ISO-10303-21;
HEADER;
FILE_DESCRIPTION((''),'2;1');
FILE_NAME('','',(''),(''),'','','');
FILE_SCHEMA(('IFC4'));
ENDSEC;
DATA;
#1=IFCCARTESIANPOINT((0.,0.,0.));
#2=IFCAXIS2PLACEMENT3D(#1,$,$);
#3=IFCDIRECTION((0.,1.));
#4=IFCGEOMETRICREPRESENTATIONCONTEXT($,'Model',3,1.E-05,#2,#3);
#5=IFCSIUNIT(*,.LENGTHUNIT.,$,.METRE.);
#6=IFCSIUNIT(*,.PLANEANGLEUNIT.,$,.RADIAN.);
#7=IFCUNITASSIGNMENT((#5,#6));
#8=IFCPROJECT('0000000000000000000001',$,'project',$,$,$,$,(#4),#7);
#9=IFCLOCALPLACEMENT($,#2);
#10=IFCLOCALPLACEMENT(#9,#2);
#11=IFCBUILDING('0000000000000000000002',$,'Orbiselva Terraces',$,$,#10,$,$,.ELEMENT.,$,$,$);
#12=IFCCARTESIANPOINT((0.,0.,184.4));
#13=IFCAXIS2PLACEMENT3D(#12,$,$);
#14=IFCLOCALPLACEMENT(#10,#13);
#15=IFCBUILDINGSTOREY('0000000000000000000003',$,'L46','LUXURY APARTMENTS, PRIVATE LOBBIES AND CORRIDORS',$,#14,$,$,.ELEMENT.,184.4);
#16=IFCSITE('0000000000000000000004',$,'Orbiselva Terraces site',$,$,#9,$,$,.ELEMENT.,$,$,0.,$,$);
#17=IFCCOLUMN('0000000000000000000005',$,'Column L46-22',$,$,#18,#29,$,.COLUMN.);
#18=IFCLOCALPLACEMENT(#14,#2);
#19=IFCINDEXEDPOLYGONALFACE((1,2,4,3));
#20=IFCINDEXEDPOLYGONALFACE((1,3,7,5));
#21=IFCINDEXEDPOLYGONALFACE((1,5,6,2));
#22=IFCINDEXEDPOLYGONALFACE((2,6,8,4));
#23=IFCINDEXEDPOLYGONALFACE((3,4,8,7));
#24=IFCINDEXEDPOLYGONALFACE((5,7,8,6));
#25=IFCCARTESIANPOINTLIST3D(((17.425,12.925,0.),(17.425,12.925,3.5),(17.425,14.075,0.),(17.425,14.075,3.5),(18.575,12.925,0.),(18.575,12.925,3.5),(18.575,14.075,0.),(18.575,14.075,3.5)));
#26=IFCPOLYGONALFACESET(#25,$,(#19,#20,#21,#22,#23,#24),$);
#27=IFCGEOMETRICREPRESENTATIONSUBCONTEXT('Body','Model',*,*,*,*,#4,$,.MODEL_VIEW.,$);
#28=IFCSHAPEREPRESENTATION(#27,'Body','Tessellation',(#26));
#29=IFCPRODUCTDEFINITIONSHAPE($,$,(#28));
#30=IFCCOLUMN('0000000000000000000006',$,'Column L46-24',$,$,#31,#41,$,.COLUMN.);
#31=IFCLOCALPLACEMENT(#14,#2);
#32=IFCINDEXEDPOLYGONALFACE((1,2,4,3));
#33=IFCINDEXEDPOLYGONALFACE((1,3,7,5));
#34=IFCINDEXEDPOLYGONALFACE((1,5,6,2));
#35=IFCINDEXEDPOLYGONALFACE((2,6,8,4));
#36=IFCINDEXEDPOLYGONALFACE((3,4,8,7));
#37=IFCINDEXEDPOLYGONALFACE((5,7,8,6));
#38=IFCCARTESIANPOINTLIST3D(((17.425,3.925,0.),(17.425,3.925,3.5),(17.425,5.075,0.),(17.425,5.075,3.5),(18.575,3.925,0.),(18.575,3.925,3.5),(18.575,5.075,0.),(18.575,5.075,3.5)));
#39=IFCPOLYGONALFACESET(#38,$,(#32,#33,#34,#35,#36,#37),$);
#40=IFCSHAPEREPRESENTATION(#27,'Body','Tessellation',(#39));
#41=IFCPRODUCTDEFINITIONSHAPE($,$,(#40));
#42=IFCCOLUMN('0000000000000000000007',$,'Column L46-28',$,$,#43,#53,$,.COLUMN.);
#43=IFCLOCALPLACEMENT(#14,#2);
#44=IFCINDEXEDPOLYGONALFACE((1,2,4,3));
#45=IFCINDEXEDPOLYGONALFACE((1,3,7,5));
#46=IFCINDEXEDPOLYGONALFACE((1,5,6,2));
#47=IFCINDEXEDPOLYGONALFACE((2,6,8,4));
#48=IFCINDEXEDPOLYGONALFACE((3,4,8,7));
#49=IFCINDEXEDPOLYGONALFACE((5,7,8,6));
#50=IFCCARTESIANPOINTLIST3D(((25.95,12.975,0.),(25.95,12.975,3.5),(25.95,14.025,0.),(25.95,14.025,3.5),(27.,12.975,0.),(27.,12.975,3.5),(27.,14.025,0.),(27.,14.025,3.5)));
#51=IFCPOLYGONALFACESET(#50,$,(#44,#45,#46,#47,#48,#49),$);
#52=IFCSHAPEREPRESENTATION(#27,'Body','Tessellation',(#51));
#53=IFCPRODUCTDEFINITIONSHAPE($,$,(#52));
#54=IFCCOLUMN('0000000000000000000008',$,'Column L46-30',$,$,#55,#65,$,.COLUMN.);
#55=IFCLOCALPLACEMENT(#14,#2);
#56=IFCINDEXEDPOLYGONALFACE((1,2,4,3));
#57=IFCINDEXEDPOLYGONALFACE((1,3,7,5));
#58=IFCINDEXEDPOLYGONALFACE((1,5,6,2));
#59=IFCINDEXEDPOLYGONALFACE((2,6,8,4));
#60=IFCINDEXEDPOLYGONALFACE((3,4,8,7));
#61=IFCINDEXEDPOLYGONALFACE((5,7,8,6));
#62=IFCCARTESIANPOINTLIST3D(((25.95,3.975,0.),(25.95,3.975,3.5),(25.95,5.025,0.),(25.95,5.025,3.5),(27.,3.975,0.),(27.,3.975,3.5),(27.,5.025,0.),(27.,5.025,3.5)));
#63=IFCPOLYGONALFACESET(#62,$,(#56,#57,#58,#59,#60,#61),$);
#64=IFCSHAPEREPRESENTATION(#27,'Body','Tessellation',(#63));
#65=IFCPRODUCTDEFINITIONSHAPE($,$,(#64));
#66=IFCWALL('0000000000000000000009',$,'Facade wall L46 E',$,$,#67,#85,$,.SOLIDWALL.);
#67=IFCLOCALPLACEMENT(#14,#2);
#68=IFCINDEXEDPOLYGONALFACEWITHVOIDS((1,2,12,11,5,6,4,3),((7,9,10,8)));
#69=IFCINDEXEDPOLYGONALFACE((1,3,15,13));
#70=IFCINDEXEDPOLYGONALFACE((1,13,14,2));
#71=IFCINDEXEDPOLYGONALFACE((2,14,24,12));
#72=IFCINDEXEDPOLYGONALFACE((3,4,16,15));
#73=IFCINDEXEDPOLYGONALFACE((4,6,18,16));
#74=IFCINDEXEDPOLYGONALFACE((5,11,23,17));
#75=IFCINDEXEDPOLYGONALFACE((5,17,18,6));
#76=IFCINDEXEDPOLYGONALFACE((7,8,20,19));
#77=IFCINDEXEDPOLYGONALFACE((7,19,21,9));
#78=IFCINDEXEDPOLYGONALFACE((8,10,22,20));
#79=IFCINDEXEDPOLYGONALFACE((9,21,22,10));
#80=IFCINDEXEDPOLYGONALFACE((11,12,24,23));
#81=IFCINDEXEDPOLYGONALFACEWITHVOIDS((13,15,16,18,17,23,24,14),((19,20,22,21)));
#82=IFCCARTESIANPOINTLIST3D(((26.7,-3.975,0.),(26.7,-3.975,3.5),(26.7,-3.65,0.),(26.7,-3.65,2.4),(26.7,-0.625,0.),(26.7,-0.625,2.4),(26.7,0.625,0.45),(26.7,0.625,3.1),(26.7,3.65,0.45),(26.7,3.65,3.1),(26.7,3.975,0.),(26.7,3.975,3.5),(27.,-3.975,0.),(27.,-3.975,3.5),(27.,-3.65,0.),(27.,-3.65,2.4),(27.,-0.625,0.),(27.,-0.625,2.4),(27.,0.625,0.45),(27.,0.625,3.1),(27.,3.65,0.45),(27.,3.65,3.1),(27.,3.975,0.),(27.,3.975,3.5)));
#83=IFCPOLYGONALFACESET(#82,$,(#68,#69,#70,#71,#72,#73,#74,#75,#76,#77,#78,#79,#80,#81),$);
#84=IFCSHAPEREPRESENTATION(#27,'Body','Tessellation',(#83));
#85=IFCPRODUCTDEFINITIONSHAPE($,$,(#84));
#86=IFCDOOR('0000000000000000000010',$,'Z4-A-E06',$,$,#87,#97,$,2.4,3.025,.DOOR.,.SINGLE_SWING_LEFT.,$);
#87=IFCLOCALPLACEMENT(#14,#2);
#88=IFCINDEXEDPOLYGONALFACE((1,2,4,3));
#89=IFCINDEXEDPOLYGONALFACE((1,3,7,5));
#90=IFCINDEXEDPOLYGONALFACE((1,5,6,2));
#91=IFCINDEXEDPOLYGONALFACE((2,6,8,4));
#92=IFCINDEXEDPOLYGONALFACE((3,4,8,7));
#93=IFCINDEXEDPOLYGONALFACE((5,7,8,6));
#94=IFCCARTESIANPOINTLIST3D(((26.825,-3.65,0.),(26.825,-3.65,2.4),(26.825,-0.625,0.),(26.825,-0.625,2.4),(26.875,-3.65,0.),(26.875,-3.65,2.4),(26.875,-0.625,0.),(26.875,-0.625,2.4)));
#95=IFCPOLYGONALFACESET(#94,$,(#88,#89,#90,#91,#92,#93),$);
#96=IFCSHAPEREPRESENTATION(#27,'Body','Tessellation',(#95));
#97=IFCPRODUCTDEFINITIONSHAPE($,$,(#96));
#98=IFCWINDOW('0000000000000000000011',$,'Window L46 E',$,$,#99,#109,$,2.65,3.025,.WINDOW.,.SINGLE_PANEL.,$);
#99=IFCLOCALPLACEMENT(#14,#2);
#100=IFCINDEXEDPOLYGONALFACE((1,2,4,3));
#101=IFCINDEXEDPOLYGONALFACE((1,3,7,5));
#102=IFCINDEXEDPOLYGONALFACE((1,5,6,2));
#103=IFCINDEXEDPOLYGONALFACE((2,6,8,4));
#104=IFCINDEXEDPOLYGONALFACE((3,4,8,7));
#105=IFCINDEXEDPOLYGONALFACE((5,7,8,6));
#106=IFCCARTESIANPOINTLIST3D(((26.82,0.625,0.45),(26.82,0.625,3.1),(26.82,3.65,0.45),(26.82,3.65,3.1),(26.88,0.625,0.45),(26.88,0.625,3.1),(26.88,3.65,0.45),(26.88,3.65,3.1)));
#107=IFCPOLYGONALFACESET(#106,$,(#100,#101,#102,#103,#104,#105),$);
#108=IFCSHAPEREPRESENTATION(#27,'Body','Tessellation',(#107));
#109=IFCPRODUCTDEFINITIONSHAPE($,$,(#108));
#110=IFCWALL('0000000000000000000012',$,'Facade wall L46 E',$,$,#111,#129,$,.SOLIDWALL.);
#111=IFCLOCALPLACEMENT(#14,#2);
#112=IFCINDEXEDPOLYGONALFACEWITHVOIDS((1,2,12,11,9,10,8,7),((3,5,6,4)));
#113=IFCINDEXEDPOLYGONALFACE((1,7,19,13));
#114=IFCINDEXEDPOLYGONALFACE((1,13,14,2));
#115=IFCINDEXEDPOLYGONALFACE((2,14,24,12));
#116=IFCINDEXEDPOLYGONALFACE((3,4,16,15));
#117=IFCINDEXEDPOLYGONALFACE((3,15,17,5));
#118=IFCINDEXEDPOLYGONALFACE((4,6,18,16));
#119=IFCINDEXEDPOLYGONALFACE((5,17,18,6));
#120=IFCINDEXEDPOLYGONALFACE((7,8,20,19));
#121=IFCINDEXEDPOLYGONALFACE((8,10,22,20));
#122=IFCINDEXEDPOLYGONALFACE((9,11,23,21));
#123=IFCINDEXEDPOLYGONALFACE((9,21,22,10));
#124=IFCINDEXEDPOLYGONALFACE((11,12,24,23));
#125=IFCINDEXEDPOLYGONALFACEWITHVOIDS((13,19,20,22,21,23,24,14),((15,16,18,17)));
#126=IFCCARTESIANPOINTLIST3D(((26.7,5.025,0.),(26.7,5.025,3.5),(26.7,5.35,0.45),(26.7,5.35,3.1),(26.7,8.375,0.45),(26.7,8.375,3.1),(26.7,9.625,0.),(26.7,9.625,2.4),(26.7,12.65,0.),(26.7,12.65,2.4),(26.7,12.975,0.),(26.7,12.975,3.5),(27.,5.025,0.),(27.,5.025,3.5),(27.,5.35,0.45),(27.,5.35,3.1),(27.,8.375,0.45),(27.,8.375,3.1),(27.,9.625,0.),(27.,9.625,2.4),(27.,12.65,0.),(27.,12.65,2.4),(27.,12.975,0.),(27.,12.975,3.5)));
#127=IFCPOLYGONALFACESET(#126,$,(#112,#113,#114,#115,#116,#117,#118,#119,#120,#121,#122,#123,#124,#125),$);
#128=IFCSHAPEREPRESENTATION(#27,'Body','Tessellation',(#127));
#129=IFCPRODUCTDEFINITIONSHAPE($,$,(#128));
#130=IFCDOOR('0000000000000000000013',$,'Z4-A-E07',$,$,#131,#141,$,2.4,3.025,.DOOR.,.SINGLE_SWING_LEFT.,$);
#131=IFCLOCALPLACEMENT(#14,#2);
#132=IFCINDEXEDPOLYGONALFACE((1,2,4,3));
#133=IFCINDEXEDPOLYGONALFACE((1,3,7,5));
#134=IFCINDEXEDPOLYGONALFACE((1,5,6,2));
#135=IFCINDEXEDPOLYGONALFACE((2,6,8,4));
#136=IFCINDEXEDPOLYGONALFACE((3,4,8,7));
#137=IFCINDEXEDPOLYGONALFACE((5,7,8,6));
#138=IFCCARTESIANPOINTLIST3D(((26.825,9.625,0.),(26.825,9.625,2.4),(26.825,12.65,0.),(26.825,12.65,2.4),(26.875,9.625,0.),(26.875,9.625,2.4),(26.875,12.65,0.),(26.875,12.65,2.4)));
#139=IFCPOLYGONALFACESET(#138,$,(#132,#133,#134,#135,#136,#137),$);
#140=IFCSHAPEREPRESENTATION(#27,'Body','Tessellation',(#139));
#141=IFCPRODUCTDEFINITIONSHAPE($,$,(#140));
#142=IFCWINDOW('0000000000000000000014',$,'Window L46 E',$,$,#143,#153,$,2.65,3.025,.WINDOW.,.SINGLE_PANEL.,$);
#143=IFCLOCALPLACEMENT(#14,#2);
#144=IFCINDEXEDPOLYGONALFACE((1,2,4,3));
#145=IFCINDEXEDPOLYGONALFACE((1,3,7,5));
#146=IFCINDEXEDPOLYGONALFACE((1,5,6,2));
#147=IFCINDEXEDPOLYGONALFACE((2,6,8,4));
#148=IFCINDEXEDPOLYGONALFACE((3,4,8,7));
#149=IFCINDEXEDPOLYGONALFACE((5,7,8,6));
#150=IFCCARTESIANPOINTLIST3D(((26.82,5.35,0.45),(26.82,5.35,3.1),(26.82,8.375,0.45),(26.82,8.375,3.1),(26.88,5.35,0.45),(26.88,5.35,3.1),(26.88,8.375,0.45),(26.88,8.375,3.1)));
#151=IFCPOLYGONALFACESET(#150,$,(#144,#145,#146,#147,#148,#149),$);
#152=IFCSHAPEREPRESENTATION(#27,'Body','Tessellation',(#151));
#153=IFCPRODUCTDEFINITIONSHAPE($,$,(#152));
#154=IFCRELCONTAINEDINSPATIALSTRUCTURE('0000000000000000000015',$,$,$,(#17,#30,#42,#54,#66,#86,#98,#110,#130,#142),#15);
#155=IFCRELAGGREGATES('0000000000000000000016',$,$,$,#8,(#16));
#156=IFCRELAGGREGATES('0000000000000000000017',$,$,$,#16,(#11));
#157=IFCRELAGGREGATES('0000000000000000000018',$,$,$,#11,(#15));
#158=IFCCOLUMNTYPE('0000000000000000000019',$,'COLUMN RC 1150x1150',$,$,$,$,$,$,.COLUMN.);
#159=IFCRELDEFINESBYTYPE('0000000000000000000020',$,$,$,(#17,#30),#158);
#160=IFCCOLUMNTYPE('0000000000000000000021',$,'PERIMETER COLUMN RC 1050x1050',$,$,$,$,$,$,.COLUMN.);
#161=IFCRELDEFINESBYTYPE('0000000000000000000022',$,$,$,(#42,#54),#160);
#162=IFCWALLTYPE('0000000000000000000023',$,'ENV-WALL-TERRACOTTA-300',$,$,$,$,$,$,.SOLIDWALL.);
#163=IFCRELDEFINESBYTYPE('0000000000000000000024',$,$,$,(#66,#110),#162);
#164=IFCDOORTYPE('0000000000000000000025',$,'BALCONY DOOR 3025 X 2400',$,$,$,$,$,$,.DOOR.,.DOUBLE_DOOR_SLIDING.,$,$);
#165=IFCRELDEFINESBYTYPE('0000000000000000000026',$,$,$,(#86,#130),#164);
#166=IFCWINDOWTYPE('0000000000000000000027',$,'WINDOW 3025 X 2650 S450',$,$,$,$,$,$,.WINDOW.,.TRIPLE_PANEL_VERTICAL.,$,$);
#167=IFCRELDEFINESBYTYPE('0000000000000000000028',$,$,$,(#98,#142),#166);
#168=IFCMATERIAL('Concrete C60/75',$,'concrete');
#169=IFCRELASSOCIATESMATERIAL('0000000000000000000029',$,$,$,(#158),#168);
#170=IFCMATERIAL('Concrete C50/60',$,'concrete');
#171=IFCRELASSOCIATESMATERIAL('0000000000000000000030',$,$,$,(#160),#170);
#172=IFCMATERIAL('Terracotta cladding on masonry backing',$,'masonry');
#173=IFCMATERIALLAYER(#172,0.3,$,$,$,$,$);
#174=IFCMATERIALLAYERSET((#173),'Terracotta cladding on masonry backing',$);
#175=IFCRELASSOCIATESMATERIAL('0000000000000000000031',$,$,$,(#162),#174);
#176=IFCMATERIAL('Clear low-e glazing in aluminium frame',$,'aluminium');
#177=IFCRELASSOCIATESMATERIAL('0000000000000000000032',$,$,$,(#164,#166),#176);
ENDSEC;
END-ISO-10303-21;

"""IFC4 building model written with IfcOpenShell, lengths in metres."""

from ifc_helpers import new_model, si_unit, direction, frame, frame_2d, origin, origin_2d, place, context, subcontext, project, spatial, rectangle, extrude, material, layer, layer_set, material_profile, profile_set, type_object, element, fill, save


model = new_model("IFC4")

# Units and contexts
model_context = context("Model", 3, precision=1e-05, world=origin(), true_north=direction((0.0, 1.0)))
body_context = subcontext(model_context, "Body", "Model", "MODEL_VIEW")
ifc_project = project(units=[si_unit("LENGTHUNIT", "METRE"), si_unit("PLANEANGLEUNIT", "RADIAN")], contexts=[model_context])

# Site, building, storey
site_placement = place(None, origin())
site = spatial("IfcSite", under=ifc_project, at=site_placement, Name="Orbiselva Terraces site", CompositionType="ELEMENT", RefElevation=0.0)
building_placement = place(site_placement, origin())
building = spatial("IfcBuilding", under=site, at=building_placement, Name="Orbiselva Terraces", CompositionType="ELEMENT")
storey_placement = place(building_placement, frame((0.0, 0.0, 184.4)))
storey = spatial("IfcBuildingStorey", under=building, at=storey_placement, Name="L46", Description="LUXURY APARTMENTS, PRIVATE LOBBIES AND CORRIDORS", CompositionType="ELEMENT", Elevation=184.4)

# Columns
ifc_material_1 = material(Name="Concrete C60/75", Category="concrete")
ifc_material_profile_1 = material_profile(ifc_material_1, rectangle(XDim=1.15, YDim=1.15, at=origin_2d()), Name="RC 1150x1150")
ifc_profile_set_1 = profile_set([ifc_material_profile_1], Name="Concrete C60/75")
column_type_1 = type_object("IfcColumnType", Name="COLUMN RC 1150x1150", PredefinedType="COLUMN", material=ifc_profile_set_1)
for number, where, z_axis, x_axis, name in (
    (1, (18.0, 13.5, 0.0), (0.0, 0.0, 1.0), (1.0, 0.0, 0.0), "Column L46-22"),
    (2, (18.0, 4.5, 0.0), (0.0, 0.0, 1.0), (1.0, 0.0, 0.0), "Column L46-24"),
):
    element("IfcColumn", number, at=place(storey_placement, frame(where, z_axis=z_axis, x_axis=x_axis)), inside=storey, type_object=column_type_1, Name=name, PredefinedType="COLUMN", context=body_context, shape_type="SweptSolid", body=[
        extrude(rectangle(XDim=1.15, YDim=1.15, at=origin_2d()), origin(), (0.0, 0.0, 1.0), 3.5),
    ])
ifc_material_2 = material(Name="Concrete C50/60", Category="concrete")
ifc_material_profile_2 = material_profile(ifc_material_2, rectangle(XDim=1.05, YDim=1.05, at=origin_2d()), Name="RC 1050x1050")
ifc_profile_set_2 = profile_set([ifc_material_profile_2], Name="Concrete C50/60")
column_type_2 = type_object("IfcColumnType", Name="PERIMETER COLUMN RC 1050x1050", PredefinedType="COLUMN", material=ifc_profile_set_2)
for number, where, z_axis, x_axis, name in (
    (3, (26.475, 13.5, 0.0), (0.0, 0.0, 1.0), (1.0, 0.0, 0.0), "Column L46-28"),
    (4, (26.475, 4.5, 0.0), (0.0, 0.0, 1.0), (1.0, 0.0, 0.0), "Column L46-30"),
):
    element("IfcColumn", number, at=place(storey_placement, frame(where, z_axis=z_axis, x_axis=x_axis)), inside=storey, type_object=column_type_2, Name=name, PredefinedType="COLUMN", context=body_context, shape_type="SweptSolid", body=[
        extrude(rectangle(XDim=1.05, YDim=1.05, at=origin_2d()), origin(), (0.0, 0.0, 1.0), 3.5),
    ])

# Walls, openings, doors, windows
ifc_material_3 = material(Name="Terracotta cladding on masonry backing", Category="masonry")
ifc_layer_1 = layer(ifc_material_3, 0.3)
ifc_layer_set_1 = layer_set([ifc_layer_1], Name="Terracotta cladding on masonry backing")
wall_type_1 = type_object("IfcWallType", Name="ENV-WALL-TERRACOTTA-300", PredefinedType="SOLIDWALL", material=ifc_layer_set_1)
wall_1_placement = place(storey_placement, frame((26.85, 3.975, 0.0), z_axis=(0.0, 0.0, 1.0), x_axis=(0.0, -1.0, 0.0)))
wall_1 = element("IfcWall", 5, at=wall_1_placement, inside=storey, type_object=wall_type_1, Name="Facade wall L46 E", PredefinedType="SOLIDWALL", context=body_context, shape_type="SweptSolid", body=[
    extrude(rectangle(XDim=7.95, YDim=0.3, at=frame_2d((3.975, 0.0))), origin(), (0.0, 0.0, 1.0), 3.5),
])
opening_1_placement = place(wall_1_placement, frame((4.6, 0.0, 0.0)))
opening_1 = element("IfcOpeningElement", 6, at=opening_1_placement, cuts=wall_1, PredefinedType="OPENING", context=body_context, shape_type="SweptSolid", body=[
    extrude(rectangle(XDim=3.025, YDim=2.4, at=frame_2d((1.5125, 1.2))), frame((0.0, 0.16, 0.0), z_axis=(0.0, -1.0, 0.0), x_axis=(1.0, 0.0, 0.0)), (0.0, 0.0, 1.0), 0.32),
])
opening_2_placement = place(wall_1_placement, frame((0.325, 0.0, 0.45)))
opening_2 = element("IfcOpeningElement", 7, at=opening_2_placement, cuts=wall_1, PredefinedType="OPENING", context=body_context, shape_type="SweptSolid", body=[
    extrude(rectangle(XDim=3.025, YDim=2.65, at=frame_2d((1.5125, 1.325))), frame((0.0, 0.16, 0.0), z_axis=(0.0, -1.0, 0.0), x_axis=(1.0, 0.0, 0.0)), (0.0, 0.0, 1.0), 0.32),
])
ifc_material_4 = material(Name="Clear low-e glazing in aluminium frame", Category="aluminium")
door_type_1 = type_object("IfcDoorType", Name="BALCONY DOOR 3025 X 2400", OperationType="DOUBLE_DOOR_SLIDING", PredefinedType="DOOR", material=ifc_material_4)
door_1_placement = place(opening_1_placement, origin())
door_1 = element("IfcDoor", 8, at=door_1_placement, inside=storey, type_object=door_type_1, Name="Z4-A-E06", OperationType="SINGLE_SWING_LEFT", OverallHeight=2.4, OverallWidth=3.025, PredefinedType="DOOR", context=body_context, shape_type="SweptSolid", body=[
    extrude(rectangle(XDim=3.025, YDim=2.4, at=frame_2d((1.5125, 1.2))), frame((0.0, 0.025, 0.0), z_axis=(0.0, -1.0, 0.0), x_axis=(1.0, 0.0, 0.0)), (0.0, 0.0, 1.0), 0.05),
])
fill(opening_1, door_1)
window_type = type_object("IfcWindowType", Name="WINDOW 3025 X 2650 S450", PartitioningType="TRIPLE_PANEL_VERTICAL", PredefinedType="WINDOW", material=ifc_material_4)
window_1_placement = place(opening_2_placement, origin())
window_1 = element("IfcWindow", 9, at=window_1_placement, inside=storey, type_object=window_type, Name="Window L46 E", OverallHeight=2.65, OverallWidth=3.025, PartitioningType="SINGLE_PANEL", PredefinedType="WINDOW", context=body_context, shape_type="SweptSolid", body=[
    extrude(rectangle(XDim=3.025, YDim=2.65, at=frame_2d((1.5125, 1.325))), frame((0.0, 0.03, 0.0), z_axis=(0.0, -1.0, 0.0), x_axis=(1.0, 0.0, 0.0)), (0.0, 0.0, 1.0), 0.06),
])
fill(opening_2, window_1)
wall_2_placement = place(storey_placement, frame((26.85, 12.975, 0.0), z_axis=(0.0, 0.0, 1.0), x_axis=(0.0, -1.0, 0.0)))
wall_2 = element("IfcWall", 10, at=wall_2_placement, inside=storey, type_object=wall_type_1, Name="Facade wall L46 E", PredefinedType="SOLIDWALL", context=body_context, shape_type="SweptSolid", body=[
    extrude(rectangle(XDim=7.95, YDim=0.3, at=frame_2d((3.975, 0.0))), origin(), (0.0, 0.0, 1.0), 3.5),
])
opening_3_placement = place(wall_2_placement, frame((4.6, 0.0, 0.45)))
opening_3 = element("IfcOpeningElement", 11, at=opening_3_placement, cuts=wall_2, PredefinedType="OPENING", context=body_context, shape_type="SweptSolid", body=[
    extrude(rectangle(XDim=3.025, YDim=2.65, at=frame_2d((1.5125, 1.325))), frame((0.0, 0.16, 0.0), z_axis=(0.0, -1.0, 0.0), x_axis=(1.0, 0.0, 0.0)), (0.0, 0.0, 1.0), 0.32),
])
opening_4_placement = place(wall_2_placement, frame((0.325, 0.0, 0.0)))
opening_4 = element("IfcOpeningElement", 12, at=opening_4_placement, cuts=wall_2, PredefinedType="OPENING", context=body_context, shape_type="SweptSolid", body=[
    extrude(rectangle(XDim=3.025, YDim=2.4, at=frame_2d((1.5125, 1.2))), frame((0.0, 0.16, 0.0), z_axis=(0.0, -1.0, 0.0), x_axis=(1.0, 0.0, 0.0)), (0.0, 0.0, 1.0), 0.32),
])
door_2_placement = place(opening_4_placement, origin())
door_2 = element("IfcDoor", 13, at=door_2_placement, inside=storey, type_object=door_type_1, Name="Z4-A-E07", OperationType="SINGLE_SWING_LEFT", OverallHeight=2.4, OverallWidth=3.025, PredefinedType="DOOR", context=body_context, shape_type="SweptSolid", body=[
    extrude(rectangle(XDim=3.025, YDim=2.4, at=frame_2d((1.5125, 1.2))), frame((0.0, 0.025, 0.0), z_axis=(0.0, -1.0, 0.0), x_axis=(1.0, 0.0, 0.0)), (0.0, 0.0, 1.0), 0.05),
])
fill(opening_4, door_2)
window_2_placement = place(opening_3_placement, origin())
window_2 = element("IfcWindow", 14, at=window_2_placement, inside=storey, type_object=window_type, Name="Window L46 E", OverallHeight=2.65, OverallWidth=3.025, PartitioningType="SINGLE_PANEL", PredefinedType="WINDOW", context=body_context, shape_type="SweptSolid", body=[
    extrude(rectangle(XDim=3.025, YDim=2.65, at=frame_2d((1.5125, 1.325))), frame((0.0, 0.03, 0.0), z_axis=(0.0, -1.0, 0.0), x_axis=(1.0, 0.0, 0.0)), (0.0, 0.0, 1.0), 0.06),
])
fill(opening_3, window_2)

save(model, "model.ifc")
